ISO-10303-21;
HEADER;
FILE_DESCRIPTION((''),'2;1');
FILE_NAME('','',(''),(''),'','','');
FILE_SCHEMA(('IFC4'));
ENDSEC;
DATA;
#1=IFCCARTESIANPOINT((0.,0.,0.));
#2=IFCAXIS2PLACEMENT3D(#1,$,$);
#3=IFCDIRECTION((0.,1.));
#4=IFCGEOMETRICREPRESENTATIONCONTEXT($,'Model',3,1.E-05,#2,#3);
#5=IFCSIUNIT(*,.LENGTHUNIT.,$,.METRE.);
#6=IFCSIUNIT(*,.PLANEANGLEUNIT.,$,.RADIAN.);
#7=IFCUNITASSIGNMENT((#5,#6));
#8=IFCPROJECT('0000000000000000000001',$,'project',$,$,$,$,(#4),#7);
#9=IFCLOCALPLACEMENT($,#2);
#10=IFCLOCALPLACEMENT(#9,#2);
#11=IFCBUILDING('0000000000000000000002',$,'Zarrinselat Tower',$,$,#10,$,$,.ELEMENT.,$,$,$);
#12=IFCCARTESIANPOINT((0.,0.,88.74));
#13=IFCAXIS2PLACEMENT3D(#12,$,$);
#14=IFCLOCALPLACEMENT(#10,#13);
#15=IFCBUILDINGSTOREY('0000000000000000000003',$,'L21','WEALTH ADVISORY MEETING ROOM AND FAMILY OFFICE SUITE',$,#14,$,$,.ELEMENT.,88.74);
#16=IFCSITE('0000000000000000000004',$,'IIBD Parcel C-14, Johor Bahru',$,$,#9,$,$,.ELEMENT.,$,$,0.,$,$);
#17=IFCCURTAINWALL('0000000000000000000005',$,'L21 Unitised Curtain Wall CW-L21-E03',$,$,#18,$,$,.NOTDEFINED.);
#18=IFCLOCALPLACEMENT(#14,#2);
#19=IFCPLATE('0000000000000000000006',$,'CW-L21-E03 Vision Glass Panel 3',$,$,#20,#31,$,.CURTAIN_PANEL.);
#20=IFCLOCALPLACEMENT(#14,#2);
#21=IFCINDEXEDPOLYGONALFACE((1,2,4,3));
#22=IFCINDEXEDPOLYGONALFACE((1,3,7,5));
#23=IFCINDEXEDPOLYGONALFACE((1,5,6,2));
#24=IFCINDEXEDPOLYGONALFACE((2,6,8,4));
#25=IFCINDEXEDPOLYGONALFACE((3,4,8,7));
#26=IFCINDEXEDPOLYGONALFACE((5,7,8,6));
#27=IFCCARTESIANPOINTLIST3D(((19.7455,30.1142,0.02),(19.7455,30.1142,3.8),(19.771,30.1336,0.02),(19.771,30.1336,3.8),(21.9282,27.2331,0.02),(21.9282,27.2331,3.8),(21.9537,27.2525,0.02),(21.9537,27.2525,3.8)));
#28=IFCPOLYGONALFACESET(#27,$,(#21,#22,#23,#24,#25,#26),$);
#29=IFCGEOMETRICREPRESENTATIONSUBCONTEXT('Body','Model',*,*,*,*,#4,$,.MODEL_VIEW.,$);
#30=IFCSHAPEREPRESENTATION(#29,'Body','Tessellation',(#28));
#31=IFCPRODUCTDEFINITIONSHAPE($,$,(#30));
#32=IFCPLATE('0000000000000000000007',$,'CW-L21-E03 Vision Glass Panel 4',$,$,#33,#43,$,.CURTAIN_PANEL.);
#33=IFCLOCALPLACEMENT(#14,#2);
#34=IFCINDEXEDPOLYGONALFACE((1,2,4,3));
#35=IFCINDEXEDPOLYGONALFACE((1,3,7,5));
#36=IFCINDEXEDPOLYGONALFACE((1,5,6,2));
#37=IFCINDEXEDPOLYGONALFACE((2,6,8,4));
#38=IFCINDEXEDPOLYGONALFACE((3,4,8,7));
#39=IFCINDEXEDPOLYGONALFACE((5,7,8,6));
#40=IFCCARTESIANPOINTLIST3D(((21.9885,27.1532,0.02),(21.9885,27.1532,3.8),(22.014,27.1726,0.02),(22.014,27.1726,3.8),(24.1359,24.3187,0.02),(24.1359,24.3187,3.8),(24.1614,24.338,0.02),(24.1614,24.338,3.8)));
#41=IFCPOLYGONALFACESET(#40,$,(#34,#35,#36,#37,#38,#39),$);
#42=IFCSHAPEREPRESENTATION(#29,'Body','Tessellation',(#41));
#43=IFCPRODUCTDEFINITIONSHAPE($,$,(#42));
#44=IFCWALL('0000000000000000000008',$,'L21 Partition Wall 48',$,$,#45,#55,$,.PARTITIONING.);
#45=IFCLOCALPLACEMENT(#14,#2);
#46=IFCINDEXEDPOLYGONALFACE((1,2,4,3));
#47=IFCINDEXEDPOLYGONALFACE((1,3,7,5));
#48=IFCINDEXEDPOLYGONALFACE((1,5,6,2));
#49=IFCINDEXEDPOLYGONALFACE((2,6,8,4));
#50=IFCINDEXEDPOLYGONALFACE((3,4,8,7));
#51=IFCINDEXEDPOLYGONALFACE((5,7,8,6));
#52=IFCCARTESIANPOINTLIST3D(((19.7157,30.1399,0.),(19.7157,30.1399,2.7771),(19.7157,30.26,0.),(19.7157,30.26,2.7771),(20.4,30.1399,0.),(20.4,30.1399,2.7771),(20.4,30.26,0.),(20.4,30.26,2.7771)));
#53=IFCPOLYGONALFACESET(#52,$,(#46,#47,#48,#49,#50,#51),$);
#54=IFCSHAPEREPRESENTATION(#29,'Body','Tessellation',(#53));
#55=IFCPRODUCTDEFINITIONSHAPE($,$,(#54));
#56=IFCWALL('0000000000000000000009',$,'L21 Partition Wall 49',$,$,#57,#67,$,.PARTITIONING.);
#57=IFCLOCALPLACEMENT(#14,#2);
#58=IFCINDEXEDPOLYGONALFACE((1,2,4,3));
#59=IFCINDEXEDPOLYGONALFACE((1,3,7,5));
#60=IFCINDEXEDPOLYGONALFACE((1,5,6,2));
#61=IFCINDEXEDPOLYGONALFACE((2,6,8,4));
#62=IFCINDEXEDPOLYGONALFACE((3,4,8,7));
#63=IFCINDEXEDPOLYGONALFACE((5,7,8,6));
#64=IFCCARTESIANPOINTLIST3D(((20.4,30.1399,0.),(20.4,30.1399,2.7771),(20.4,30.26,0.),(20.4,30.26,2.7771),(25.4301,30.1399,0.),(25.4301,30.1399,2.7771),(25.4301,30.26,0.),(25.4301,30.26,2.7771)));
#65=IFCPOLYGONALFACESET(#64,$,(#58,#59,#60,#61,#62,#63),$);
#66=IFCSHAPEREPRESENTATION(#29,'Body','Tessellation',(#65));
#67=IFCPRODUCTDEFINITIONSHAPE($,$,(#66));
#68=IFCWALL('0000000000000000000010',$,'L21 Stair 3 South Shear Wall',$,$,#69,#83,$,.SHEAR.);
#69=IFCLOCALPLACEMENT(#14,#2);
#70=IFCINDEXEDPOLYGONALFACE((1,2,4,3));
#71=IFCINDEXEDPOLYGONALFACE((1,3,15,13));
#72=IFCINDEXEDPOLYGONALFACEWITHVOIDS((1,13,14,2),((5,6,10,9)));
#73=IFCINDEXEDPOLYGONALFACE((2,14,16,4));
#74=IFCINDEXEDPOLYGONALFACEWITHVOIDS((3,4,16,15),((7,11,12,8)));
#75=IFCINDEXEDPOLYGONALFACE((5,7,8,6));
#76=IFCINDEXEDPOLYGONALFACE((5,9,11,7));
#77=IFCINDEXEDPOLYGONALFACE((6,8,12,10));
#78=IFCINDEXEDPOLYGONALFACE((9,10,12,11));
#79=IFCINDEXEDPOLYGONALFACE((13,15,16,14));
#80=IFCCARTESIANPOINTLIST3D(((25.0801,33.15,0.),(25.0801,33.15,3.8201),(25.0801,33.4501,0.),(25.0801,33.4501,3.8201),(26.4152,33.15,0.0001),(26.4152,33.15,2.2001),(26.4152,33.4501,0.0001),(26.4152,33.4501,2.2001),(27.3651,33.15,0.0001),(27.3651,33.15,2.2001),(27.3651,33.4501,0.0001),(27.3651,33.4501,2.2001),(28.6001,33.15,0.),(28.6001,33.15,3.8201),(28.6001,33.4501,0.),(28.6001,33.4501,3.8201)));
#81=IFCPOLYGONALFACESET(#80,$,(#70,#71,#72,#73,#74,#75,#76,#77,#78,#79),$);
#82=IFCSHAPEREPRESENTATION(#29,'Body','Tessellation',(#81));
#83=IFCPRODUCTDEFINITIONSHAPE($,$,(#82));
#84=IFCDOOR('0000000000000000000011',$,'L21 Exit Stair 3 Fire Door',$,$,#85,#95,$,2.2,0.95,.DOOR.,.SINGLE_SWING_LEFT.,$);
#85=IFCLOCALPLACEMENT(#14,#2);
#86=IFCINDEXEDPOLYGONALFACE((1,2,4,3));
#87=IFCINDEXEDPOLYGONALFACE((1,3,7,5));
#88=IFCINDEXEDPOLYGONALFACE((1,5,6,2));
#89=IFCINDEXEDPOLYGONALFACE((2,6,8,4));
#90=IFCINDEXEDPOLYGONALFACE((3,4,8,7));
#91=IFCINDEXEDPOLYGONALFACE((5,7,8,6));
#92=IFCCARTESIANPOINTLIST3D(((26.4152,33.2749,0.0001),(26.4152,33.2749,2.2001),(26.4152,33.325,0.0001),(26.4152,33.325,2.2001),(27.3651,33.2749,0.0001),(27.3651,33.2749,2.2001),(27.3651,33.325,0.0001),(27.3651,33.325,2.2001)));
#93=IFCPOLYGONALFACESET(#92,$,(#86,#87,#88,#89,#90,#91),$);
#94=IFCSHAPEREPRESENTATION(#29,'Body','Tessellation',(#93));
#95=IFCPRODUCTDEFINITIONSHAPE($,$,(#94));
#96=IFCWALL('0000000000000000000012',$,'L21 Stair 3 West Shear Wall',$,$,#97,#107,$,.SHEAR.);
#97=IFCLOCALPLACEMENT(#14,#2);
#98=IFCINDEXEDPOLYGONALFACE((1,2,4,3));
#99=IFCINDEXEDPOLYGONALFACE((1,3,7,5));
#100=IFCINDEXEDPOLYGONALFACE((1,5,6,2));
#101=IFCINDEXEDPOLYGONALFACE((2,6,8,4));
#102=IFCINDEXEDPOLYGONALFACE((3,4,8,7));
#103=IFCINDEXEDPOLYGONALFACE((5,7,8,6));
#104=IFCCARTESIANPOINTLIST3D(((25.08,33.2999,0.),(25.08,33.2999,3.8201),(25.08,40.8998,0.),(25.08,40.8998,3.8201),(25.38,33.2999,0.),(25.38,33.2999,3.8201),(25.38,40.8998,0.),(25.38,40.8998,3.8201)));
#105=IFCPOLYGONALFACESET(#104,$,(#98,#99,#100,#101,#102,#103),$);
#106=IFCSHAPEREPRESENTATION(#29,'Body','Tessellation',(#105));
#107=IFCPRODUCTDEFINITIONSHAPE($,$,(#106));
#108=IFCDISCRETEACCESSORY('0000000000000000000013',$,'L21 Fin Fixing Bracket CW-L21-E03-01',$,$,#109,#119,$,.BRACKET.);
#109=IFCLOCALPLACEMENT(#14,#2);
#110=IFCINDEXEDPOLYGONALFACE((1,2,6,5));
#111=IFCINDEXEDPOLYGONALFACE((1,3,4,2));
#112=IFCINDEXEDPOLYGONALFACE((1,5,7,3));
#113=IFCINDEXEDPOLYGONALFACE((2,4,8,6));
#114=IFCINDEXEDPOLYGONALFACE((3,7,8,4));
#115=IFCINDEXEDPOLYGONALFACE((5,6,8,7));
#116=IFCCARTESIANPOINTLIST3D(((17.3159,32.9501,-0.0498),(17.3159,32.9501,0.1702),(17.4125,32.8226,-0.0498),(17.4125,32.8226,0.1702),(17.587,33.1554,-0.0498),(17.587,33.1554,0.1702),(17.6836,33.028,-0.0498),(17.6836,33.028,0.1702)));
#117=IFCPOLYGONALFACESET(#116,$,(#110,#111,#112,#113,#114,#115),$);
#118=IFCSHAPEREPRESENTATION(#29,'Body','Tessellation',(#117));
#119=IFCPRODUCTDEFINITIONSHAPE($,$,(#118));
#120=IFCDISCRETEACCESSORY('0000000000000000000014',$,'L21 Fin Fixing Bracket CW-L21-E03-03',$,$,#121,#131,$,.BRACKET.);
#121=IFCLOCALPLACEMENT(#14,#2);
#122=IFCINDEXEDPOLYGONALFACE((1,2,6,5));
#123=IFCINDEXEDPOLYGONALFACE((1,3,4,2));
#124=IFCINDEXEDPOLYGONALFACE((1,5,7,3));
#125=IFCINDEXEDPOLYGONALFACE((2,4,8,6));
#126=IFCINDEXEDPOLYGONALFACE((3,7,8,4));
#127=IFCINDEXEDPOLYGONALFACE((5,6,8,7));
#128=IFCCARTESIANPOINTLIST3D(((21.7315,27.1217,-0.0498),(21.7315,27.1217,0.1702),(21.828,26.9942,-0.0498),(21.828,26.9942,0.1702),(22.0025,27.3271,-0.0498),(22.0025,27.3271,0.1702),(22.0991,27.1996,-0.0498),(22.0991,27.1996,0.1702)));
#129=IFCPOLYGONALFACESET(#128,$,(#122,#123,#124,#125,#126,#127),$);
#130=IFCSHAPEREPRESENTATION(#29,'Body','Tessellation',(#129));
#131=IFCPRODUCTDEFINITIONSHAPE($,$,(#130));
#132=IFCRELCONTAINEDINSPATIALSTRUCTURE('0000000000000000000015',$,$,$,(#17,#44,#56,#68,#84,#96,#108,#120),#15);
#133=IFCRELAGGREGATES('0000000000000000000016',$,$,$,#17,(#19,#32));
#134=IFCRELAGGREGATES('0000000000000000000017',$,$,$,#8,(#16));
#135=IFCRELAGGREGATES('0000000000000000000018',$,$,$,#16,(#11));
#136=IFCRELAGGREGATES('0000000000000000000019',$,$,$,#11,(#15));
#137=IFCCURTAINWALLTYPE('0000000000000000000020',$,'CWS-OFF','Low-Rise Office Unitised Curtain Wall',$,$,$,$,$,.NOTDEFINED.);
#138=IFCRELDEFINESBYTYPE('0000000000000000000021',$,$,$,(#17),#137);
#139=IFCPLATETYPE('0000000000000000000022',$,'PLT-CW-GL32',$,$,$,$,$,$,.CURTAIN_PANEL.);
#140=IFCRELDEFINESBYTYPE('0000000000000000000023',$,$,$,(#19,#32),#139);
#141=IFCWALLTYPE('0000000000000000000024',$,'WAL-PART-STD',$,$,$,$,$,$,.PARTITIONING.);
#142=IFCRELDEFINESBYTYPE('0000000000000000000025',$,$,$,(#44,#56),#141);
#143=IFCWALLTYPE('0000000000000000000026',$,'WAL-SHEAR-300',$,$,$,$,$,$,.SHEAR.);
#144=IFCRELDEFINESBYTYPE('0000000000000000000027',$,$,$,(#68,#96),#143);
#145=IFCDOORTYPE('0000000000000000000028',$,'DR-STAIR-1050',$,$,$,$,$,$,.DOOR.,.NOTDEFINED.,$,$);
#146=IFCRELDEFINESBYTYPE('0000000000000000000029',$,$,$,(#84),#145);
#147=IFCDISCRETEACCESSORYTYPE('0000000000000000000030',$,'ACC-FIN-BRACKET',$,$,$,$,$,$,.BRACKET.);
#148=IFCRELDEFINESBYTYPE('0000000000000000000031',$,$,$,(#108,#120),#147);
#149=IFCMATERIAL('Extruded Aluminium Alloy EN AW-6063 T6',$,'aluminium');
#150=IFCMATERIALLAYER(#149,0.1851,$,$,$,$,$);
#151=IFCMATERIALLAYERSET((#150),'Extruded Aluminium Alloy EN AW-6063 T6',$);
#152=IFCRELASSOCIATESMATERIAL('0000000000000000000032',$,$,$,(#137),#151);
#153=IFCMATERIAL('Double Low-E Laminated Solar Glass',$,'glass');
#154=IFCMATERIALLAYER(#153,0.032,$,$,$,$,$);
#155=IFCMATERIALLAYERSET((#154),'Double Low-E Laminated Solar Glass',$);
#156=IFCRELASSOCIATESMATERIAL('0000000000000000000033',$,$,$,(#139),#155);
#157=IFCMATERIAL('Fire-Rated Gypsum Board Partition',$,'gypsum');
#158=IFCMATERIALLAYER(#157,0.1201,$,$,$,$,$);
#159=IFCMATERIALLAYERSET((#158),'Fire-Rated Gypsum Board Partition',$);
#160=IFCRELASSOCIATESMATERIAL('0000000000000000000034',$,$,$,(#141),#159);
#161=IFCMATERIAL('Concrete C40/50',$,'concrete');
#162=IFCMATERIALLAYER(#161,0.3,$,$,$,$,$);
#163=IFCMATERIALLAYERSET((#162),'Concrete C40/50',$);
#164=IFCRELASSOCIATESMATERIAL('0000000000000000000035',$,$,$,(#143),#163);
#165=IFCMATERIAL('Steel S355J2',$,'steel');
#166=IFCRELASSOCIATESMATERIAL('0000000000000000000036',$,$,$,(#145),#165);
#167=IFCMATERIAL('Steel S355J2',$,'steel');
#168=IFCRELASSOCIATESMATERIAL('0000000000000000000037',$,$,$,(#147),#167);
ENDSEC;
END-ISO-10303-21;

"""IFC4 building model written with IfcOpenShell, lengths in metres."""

from ifc_helpers import new_model, si_unit, direction, frame, frame_2d, origin, origin_2d, place, context, subcontext, project, spatial, rectangle, extrude, material, layer, layer_set, type_object, element, fill, aggregate, save


model = new_model("IFC4")

# Units and contexts
model_context = context("Model", 3, precision=1e-05, world=origin(), true_north=direction((0.0, 1.0)))
body_context = subcontext(model_context, "Body", "Model", "MODEL_VIEW")
ifc_project = project(units=[si_unit("LENGTHUNIT", "METRE"), si_unit("PLANEANGLEUNIT", "RADIAN")], contexts=[model_context])

# Site, building, storey
site_placement = place(None, origin())
site = spatial("IfcSite", under=ifc_project, at=site_placement, Name="IIBD Parcel C-14, Johor Bahru", CompositionType="ELEMENT", RefElevation=0.0)
building_placement = place(site_placement, origin())
building = spatial("IfcBuilding", under=site, at=building_placement, Name="Zarrinselat Tower", CompositionType="ELEMENT")
storey_placement = place(building_placement, frame((0.0, 0.0, 88.74)))
storey = spatial("IfcBuildingStorey", under=building, at=storey_placement, Name="L21", Description="WEALTH ADVISORY MEETING ROOM AND FAMILY OFFICE SUITE", CompositionType="ELEMENT", Elevation=88.74)

# Curtain wall, plates
ifc_material_1 = material(Name="Extruded Aluminium Alloy EN AW-6063 T6", Category="aluminium")
ifc_layer_1 = layer(ifc_material_1, 0.1851)
ifc_layer_set_1 = layer_set([ifc_layer_1], Name="Extruded Aluminium Alloy EN AW-6063 T6")
curtain_wall_type = type_object("IfcCurtainWallType", Name="CWS-OFF", Description="Low-Rise Office Unitised Curtain Wall", PredefinedType="NOTDEFINED", material=ifc_layer_set_1)
curtain_wall_placement = place(storey_placement, origin())
curtain_wall = element("IfcCurtainWall", 1, at=curtain_wall_placement, inside=storey, type_object=curtain_wall_type, Name="L21 Unitised Curtain Wall CW-L21-E03", PredefinedType="NOTDEFINED")
ifc_material_2 = material(Name="Double Low-E Laminated Solar Glass", Category="glass")
ifc_layer_2 = layer(ifc_material_2, 0.032)
ifc_layer_set_2 = layer_set([ifc_layer_2], Name="Double Low-E Laminated Solar Glass")
plate_type = type_object("IfcPlateType", Name="PLT-CW-GL32", PredefinedType="CURTAIN_PANEL", material=ifc_layer_set_2)
plate_1_placement = place(storey_placement, frame((20.8496, 28.6833, 0.02), z_axis=(0.0, 0.0, 1.0), x_axis=(0.603856, -0.797093, 0.0)))
plate_1 = element("IfcPlate", 2, at=plate_1_placement, type_object=plate_type, Name="CW-L21-E03 Vision Glass Panel 3", PredefinedType="CURTAIN_PANEL", context=body_context, shape_type="SweptSolid", body=[
    extrude(rectangle(XDim=3.6145, YDim=0.032, at=origin_2d()), origin(), (0.0, 0.0, 1.0), 3.78),
])
plate_2_placement = place(storey_placement, frame((23.075, 25.7456, 0.02), z_axis=(0.0, 0.0, 1.0), x_axis=(0.603856, -0.797093, 0.0)))
plate_2 = element("IfcPlate", 3, at=plate_2_placement, type_object=plate_type, Name="CW-L21-E03 Vision Glass Panel 4", PredefinedType="CURTAIN_PANEL", context=body_context, shape_type="SweptSolid", body=[
    extrude(rectangle(XDim=3.5562, YDim=0.032, at=origin_2d()), origin(), (0.0, 0.0, 1.0), 3.78),
])
aggregate(curtain_wall, [plate_1, plate_2])

# Walls
ifc_material_3 = material(Name="Fire-Rated Gypsum Board Partition", Category="gypsum")
ifc_layer_3 = layer(ifc_material_3, 0.1201)
ifc_layer_set_3 = layer_set([ifc_layer_3], Name="Fire-Rated Gypsum Board Partition")
wall_type_1 = type_object("IfcWallType", Name="WAL-PART-STD", PredefinedType="PARTITIONING", material=ifc_layer_set_3)
wall_1_placement = place(storey_placement, frame((19.7156, 30.2, 0.0), z_axis=(0.0, 0.0, 1.0), x_axis=(1.0, 0.0, 0.0)))
element("IfcWall", 4, at=wall_1_placement, inside=storey, type_object=wall_type_1, Name="L21 Partition Wall 48", PredefinedType="PARTITIONING", context=body_context, shape_type="SweptSolid", body=[
    extrude(rectangle(XDim=0.6843, YDim=0.1201, at=frame_2d((0.3423, 0.0))), origin(), (0.0, 0.0, 1.0), 2.7771),
])
wall_2_placement = place(storey_placement, frame((20.3999, 30.2, 0.0), z_axis=(0.0, 0.0, 1.0), x_axis=(1.0, 0.0, 0.0)))
element("IfcWall", 5, at=wall_2_placement, inside=storey, type_object=wall_type_1, Name="L21 Partition Wall 49", PredefinedType="PARTITIONING", context=body_context, shape_type="SweptSolid", body=[
    extrude(rectangle(XDim=5.03, YDim=0.1201, at=frame_2d((2.5151, 0.0))), origin(), (0.0, 0.0, 1.0), 2.7771),
])

# Wall, opening, door
ifc_material_4 = material(Name="Concrete C40/50", Category="concrete")
ifc_layer_4 = layer(ifc_material_4, 0.3)
ifc_layer_set_4 = layer_set([ifc_layer_4], Name="Concrete C40/50")
wall_type_2 = type_object("IfcWallType", Name="WAL-SHEAR-300", PredefinedType="SHEAR", material=ifc_layer_set_4)
wall_3_placement = place(storey_placement, frame((25.0801, 33.3, 0.0), z_axis=(0.0, 0.0, 1.0), x_axis=(1.0, 0.0, 0.0)))
wall_3 = element("IfcWall", 6, at=wall_3_placement, inside=storey, type_object=wall_type_2, Name="L21 Stair 3 South Shear Wall", PredefinedType="SHEAR", context=body_context, shape_type="SweptSolid", body=[
    extrude(rectangle(XDim=3.52, YDim=0.3, at=frame_2d((1.76, 0.0))), origin(), (0.0, 0.0, 1.0), 3.8201),
])
opening_placement = place(wall_3_placement, frame((1.335, 0.0, 0.0)))
opening = element("IfcOpeningElement", 7, at=opening_placement, cuts=wall_3, PredefinedType="OPENING", context=body_context, shape_type="SweptSolid", body=[
    extrude(rectangle(XDim=0.95, YDim=2.2, at=frame_2d((0.4751, 1.1001))), frame((0.0, 0.1599, 0.0), z_axis=(0.0, -1.0, 0.0), x_axis=(1.0, 0.0, 0.0)), (0.0, 0.0, 1.0), 0.3201),
])
ifc_material_5 = material(Name="Steel S355J2", Category="steel")
door_type = type_object("IfcDoorType", Name="DR-STAIR-1050", OperationType="NOTDEFINED", PredefinedType="DOOR", material=ifc_material_5)
door_placement = place(opening_placement, origin())
door = element("IfcDoor", 8, at=door_placement, inside=storey, type_object=door_type, Name="L21 Exit Stair 3 Fire Door", OperationType="SINGLE_SWING_LEFT", OverallHeight=2.2, OverallWidth=0.95, PredefinedType="DOOR", context=body_context, shape_type="SweptSolid", body=[
    extrude(rectangle(XDim=0.95, YDim=2.2, at=frame_2d((0.4751, 1.1001))), frame((0.0, 0.0249, 0.0), z_axis=(0.0, -1.0, 0.0), x_axis=(1.0, 0.0, 0.0)), (0.0, 0.0, 1.0), 0.05),
])
fill(opening, door)

# Wall
wall_4_placement = place(storey_placement, frame((25.23, 33.3, 0.0), z_axis=(0.0, 0.0, 1.0), x_axis=(0.0, 1.0, 0.0)))
element("IfcWall", 9, at=wall_4_placement, inside=storey, type_object=wall_type_2, Name="L21 Stair 3 West Shear Wall", PredefinedType="SHEAR", context=body_context, shape_type="SweptSolid", body=[
    extrude(rectangle(XDim=7.5999, YDim=0.3, at=frame_2d((3.7998, 0.0))), origin(), (0.0, 0.0, 1.0), 3.8201),
])

# Discrete accessories
ifc_material_6 = material(Name="Steel S355J2", Category="steel")
discrete_accessory_type = type_object("IfcDiscreteAccessoryType", Name="ACC-FIN-BRACKET", PredefinedType="BRACKET", material=ifc_material_6)
for number, where, z_axis, x_axis, name in (
    (10, (17.4998, 32.989, -0.0498), (0.0, 0.0, 1.0), (-0.797093, -0.603856, 0.0), "L21 Fin Fixing Bracket CW-L21-E03-01"),
    (11, (21.9153, 27.1606, -0.0498), (0.0, 0.0, 1.0), (-0.797093, -0.603856, 0.0), "L21 Fin Fixing Bracket CW-L21-E03-03"),
):
    element("IfcDiscreteAccessory", number, at=place(storey_placement, frame(where, z_axis=z_axis, x_axis=x_axis)), inside=storey, type_object=discrete_accessory_type, Name=name, PredefinedType="BRACKET", context=body_context, shape_type="SweptSolid", body=[
        extrude(rectangle(XDim=0.3401, YDim=0.1599, at=origin_2d()), origin(), (0.0, 0.0, 1.0), 0.22),
    ])

save(model, "model.ifc")
